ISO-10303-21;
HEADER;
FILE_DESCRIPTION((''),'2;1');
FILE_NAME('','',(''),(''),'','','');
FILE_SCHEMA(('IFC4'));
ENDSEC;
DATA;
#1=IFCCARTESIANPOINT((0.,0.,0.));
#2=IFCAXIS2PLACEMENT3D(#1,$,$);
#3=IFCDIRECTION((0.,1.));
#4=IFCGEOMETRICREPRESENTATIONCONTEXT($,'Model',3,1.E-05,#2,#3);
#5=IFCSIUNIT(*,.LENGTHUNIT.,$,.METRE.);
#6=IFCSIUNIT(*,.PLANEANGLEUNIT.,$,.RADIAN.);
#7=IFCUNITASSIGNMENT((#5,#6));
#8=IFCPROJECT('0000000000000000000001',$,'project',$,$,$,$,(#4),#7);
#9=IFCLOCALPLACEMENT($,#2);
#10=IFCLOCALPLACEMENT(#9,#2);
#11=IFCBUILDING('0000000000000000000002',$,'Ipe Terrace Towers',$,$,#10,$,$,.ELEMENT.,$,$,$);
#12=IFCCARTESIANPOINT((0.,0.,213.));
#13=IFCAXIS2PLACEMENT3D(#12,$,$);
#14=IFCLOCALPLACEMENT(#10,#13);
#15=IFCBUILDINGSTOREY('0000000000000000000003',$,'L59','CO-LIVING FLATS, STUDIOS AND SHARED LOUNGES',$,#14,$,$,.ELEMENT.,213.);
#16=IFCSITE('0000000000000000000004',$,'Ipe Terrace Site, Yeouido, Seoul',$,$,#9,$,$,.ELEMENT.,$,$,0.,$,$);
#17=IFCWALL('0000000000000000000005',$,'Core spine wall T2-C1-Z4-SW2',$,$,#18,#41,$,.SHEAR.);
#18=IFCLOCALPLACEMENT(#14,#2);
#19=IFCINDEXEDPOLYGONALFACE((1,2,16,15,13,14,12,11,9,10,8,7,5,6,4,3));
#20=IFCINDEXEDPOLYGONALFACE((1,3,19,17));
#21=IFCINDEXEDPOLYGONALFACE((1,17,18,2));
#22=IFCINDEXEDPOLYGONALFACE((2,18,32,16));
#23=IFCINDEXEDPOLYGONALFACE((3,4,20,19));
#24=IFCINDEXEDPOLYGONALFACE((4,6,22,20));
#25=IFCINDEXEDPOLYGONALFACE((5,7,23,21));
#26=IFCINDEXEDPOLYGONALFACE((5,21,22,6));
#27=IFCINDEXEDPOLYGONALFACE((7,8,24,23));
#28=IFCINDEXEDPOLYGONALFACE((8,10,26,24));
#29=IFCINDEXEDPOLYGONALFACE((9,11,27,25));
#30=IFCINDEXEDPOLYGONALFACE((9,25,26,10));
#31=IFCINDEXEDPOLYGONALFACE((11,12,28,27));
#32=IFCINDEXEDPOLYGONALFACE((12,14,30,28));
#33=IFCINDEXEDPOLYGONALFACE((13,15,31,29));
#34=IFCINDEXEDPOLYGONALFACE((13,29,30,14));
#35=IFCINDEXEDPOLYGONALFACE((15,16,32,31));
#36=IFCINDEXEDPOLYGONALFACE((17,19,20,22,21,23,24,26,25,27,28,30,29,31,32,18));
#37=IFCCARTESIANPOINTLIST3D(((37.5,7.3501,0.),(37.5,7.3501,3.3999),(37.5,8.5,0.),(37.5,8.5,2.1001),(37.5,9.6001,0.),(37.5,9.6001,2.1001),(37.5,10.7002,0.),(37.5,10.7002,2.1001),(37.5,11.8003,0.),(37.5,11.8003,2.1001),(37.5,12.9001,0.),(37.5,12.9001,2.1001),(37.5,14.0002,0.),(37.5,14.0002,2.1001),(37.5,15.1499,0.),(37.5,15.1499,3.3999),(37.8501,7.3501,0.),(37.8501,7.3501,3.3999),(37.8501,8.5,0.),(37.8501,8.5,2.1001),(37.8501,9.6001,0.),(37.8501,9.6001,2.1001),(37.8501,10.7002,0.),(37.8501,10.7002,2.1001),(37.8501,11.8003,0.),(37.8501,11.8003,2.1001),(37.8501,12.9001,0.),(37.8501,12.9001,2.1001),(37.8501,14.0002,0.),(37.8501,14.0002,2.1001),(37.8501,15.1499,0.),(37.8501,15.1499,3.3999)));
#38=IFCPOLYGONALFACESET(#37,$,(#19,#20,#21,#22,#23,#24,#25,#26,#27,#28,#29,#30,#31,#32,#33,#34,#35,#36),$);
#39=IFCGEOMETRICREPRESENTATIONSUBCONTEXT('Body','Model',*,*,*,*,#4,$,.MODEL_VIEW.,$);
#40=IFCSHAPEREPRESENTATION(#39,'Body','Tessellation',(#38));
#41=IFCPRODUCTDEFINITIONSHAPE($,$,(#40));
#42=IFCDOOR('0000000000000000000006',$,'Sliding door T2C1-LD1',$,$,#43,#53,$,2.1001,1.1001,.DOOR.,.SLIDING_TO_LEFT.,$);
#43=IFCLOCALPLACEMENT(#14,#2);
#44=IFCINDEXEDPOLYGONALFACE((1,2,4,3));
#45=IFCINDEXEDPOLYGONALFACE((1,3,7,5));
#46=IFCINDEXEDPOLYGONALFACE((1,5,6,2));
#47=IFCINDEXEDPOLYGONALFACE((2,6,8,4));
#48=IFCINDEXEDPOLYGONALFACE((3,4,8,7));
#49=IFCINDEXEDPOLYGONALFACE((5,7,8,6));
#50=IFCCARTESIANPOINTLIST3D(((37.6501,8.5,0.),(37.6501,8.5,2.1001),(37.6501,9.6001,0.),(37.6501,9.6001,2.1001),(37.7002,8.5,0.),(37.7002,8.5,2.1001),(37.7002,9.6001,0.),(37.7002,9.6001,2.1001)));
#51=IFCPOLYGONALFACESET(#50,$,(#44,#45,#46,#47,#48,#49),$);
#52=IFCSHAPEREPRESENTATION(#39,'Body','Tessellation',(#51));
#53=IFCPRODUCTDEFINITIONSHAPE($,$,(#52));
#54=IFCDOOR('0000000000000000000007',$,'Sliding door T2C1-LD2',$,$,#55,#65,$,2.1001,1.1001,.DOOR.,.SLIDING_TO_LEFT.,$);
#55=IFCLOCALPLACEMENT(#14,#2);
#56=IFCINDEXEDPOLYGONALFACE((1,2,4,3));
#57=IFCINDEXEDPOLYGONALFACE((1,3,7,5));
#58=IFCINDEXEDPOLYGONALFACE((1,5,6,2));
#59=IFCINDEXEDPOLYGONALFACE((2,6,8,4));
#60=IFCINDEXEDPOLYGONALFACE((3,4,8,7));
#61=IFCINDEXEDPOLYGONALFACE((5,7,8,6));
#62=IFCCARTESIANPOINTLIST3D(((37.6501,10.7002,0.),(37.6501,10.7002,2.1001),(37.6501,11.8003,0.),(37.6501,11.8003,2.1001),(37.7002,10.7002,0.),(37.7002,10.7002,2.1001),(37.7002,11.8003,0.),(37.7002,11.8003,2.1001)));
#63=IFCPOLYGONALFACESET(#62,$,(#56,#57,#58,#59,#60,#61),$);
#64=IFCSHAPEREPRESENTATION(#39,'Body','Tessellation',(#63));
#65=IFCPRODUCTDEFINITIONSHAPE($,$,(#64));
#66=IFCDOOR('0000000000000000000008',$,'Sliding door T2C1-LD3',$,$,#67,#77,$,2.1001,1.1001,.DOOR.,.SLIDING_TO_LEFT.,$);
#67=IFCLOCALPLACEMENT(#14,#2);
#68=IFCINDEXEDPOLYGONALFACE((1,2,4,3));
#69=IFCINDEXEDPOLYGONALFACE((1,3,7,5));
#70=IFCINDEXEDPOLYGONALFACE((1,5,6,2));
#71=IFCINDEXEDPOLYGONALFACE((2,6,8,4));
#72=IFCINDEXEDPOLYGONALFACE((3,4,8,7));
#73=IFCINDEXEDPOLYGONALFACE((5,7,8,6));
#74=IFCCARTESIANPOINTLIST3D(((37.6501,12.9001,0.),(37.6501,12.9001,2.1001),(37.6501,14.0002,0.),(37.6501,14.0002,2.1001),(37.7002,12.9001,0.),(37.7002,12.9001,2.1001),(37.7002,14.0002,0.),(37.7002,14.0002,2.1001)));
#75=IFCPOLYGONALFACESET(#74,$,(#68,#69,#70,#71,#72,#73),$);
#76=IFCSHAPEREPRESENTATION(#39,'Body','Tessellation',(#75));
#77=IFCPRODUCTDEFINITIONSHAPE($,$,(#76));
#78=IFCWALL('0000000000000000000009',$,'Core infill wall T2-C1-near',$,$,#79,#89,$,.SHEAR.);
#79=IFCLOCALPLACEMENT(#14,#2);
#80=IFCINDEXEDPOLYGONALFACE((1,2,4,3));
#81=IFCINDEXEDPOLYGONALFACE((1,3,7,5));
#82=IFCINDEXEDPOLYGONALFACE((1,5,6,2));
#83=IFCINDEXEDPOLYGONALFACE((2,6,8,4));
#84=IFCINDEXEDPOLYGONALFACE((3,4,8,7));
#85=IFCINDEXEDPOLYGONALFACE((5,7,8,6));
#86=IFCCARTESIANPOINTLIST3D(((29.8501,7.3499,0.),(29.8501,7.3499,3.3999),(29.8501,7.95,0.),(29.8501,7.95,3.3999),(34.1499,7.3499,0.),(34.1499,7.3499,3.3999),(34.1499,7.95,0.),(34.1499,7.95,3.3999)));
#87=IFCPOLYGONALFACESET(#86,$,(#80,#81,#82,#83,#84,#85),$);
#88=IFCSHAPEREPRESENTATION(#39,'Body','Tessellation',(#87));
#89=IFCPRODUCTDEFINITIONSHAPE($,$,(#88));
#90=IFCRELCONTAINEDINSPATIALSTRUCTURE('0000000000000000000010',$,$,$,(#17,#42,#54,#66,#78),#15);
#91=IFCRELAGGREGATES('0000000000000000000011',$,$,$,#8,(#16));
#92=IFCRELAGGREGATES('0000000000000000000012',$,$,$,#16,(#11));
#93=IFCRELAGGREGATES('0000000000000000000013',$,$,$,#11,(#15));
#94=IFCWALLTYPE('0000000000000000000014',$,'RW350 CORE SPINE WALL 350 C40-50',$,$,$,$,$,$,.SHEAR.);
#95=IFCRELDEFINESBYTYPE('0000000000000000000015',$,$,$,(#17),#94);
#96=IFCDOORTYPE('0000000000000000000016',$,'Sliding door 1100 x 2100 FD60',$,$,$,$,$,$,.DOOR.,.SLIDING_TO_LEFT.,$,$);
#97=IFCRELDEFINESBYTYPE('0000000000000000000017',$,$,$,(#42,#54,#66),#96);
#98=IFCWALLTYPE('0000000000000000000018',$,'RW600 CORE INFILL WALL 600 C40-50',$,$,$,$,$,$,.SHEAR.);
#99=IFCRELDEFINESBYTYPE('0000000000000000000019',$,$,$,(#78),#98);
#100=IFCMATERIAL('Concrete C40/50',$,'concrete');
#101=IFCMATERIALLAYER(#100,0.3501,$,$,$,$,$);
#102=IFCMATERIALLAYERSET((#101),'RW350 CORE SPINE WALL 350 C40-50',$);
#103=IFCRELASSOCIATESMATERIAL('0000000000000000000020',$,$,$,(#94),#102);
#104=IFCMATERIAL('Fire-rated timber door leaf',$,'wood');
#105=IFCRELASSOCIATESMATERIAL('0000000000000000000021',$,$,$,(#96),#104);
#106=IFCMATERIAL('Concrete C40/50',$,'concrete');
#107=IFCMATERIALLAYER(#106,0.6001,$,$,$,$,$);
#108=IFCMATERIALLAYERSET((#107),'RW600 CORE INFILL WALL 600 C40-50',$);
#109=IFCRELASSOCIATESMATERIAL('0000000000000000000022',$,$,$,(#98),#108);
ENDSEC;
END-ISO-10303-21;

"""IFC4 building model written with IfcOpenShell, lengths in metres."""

from ifc_helpers import new_model, si_unit, direction, frame, frame_2d, origin, place, context, subcontext, project, spatial, rectangle, extrude, material, layer, layer_set, type_object, element, fill, save


model = new_model("IFC4")

# Units and contexts
model_context = context("Model", 3, precision=1e-05, world=origin(), true_north=direction((0.0, 1.0)))
body_context = subcontext(model_context, "Body", "Model", "MODEL_VIEW")
ifc_project = project(units=[si_unit("LENGTHUNIT", "METRE"), si_unit("PLANEANGLEUNIT", "RADIAN")], contexts=[model_context])

# Site, building, storey
site_placement = place(None, origin())
site = spatial("IfcSite", under=ifc_project, at=site_placement, Name="Ipe Terrace Site, Yeouido, Seoul", CompositionType="ELEMENT", RefElevation=0.0)
building_placement = place(site_placement, origin())
building = spatial("IfcBuilding", under=site, at=building_placement, Name="Ipe Terrace Towers", CompositionType="ELEMENT")
storey_placement = place(building_placement, frame((0.0, 0.0, 213.0)))
storey = spatial("IfcBuildingStorey", under=building, at=storey_placement, Name="L59", Description="CO-LIVING FLATS, STUDIOS AND SHARED LOUNGES", CompositionType="ELEMENT", Elevation=213.0)

# Shared definitions
ifc_material_1 = material(Name="Concrete C40/50", Category="concrete")
ifc_layer_1 = layer(ifc_material_1, 0.3501)
ifc_layer_set_1 = layer_set([ifc_layer_1], Name="RW350 CORE SPINE WALL 350 C40-50")
wall_type_1 = type_object("IfcWallType", Name="RW350 CORE SPINE WALL 350 C40-50", PredefinedType="SHEAR", material=ifc_layer_set_1)

# Wall, openings, doors
wall_1_placement = place(storey_placement, frame((37.675, 7.3501, 0.0), z_axis=(0.0, 0.0, 1.0), x_axis=(0.0, 1.0, 0.0)))
wall_1 = element("IfcWall", 1, at=wall_1_placement, inside=storey, type_object=wall_type_1, Name="Core spine wall T2-C1-Z4-SW2", PredefinedType="SHEAR", context=body_context, shape_type="SweptSolid", body=[
    extrude(rectangle(XDim=7.7998, YDim=0.3501, at=frame_2d((3.8999, 0.0))), origin(), (0.0, 0.0, 1.0), 3.3999),
])
opening_1_placement = place(wall_1_placement, frame((1.1499, 0.0, 0.0)))
opening_1 = element("IfcOpeningElement", 2, at=opening_1_placement, cuts=wall_1, PredefinedType="OPENING", context=body_context, shape_type="SweptSolid", body=[
    extrude(rectangle(XDim=1.1001, YDim=2.1001, at=frame_2d((0.55, 1.05))), frame((0.0, 0.1851, 0.0), z_axis=(0.0, -1.0, 0.0), x_axis=(1.0, 0.0, 0.0)), (0.0, 0.0, 1.0), 0.3701),
])
opening_2_placement = place(wall_1_placement, frame((3.3501, 0.0, 0.0)))
opening_2 = element("IfcOpeningElement", 3, at=opening_2_placement, cuts=wall_1, PredefinedType="OPENING", context=body_context, shape_type="SweptSolid", body=[
    extrude(rectangle(XDim=1.1001, YDim=2.1001, at=frame_2d((0.55, 1.05))), frame((0.0, 0.1851, 0.0), z_axis=(0.0, -1.0, 0.0), x_axis=(1.0, 0.0, 0.0)), (0.0, 0.0, 1.0), 0.3701),
])
opening_3_placement = place(wall_1_placement, frame((5.55, 0.0, 0.0)))
opening_3 = element("IfcOpeningElement", 4, at=opening_3_placement, cuts=wall_1, PredefinedType="OPENING", context=body_context, shape_type="SweptSolid", body=[
    extrude(rectangle(XDim=1.1001, YDim=2.1001, at=frame_2d((0.55, 1.05))), frame((0.0, 0.1851, 0.0), z_axis=(0.0, -1.0, 0.0), x_axis=(1.0, 0.0, 0.0)), (0.0, 0.0, 1.0), 0.3701),
])
ifc_material_2 = material(Name="Fire-rated timber door leaf", Category="wood")
door_type_1 = type_object("IfcDoorType", Name="Sliding door 1100 x 2100 FD60", OperationType="SLIDING_TO_LEFT", PredefinedType="DOOR", material=ifc_material_2)
door_1_placement = place(opening_1_placement, origin())
door_1 = element("IfcDoor", 5, at=door_1_placement, inside=storey, type_object=door_type_1, Name="Sliding door T2C1-LD1", OperationType="SLIDING_TO_LEFT", OverallHeight=2.1001, OverallWidth=1.1001, PredefinedType="DOOR", context=body_context, shape_type="SweptSolid", body=[
    extrude(rectangle(XDim=1.1001, YDim=2.1001, at=frame_2d((0.55, 1.05))), frame((0.0, 0.0249, 0.0), z_axis=(0.0, -1.0, 0.0), x_axis=(1.0, 0.0, 0.0)), (0.0, 0.0, 1.0), 0.05),
])
fill(opening_1, door_1)
door_2_placement = place(opening_2_placement, origin())
door_2 = element("IfcDoor", 6, at=door_2_placement, inside=storey, type_object=door_type_1, Name="Sliding door T2C1-LD2", OperationType="SLIDING_TO_LEFT", OverallHeight=2.1001, OverallWidth=1.1001, PredefinedType="DOOR", context=body_context, shape_type="SweptSolid", body=[
    extrude(rectangle(XDim=1.1001, YDim=2.1001, at=frame_2d((0.55, 1.05))), frame((0.0, 0.0249, 0.0), z_axis=(0.0, -1.0, 0.0), x_axis=(1.0, 0.0, 0.0)), (0.0, 0.0, 1.0), 0.05),
])
fill(opening_2, door_2)
door_3_placement = place(opening_3_placement, origin())
door_3 = element("IfcDoor", 7, at=door_3_placement, inside=storey, type_object=door_type_1, Name="Sliding door T2C1-LD3", OperationType="SLIDING_TO_LEFT", OverallHeight=2.1001, OverallWidth=1.1001, PredefinedType="DOOR", context=body_context, shape_type="SweptSolid", body=[
    extrude(rectangle(XDim=1.1001, YDim=2.1001, at=frame_2d((0.55, 1.05))), frame((0.0, 0.0249, 0.0), z_axis=(0.0, -1.0, 0.0), x_axis=(1.0, 0.0, 0.0)), (0.0, 0.0, 1.0), 0.05),
])
fill(opening_3, door_3)

# Wall
ifc_material_3 = material(Name="Concrete C40/50", Category="concrete")
ifc_layer_2 = layer(ifc_material_3, 0.6001)
ifc_layer_set_2 = layer_set([ifc_layer_2], Name="RW600 CORE INFILL WALL 600 C40-50")
wall_type_2 = type_object("IfcWallType", Name="RW600 CORE INFILL WALL 600 C40-50", PredefinedType="SHEAR", material=ifc_layer_set_2)
wall_2_placement = place(storey_placement, frame((34.1499, 7.6499, 0.0), z_axis=(0.0, 0.0, 1.0), x_axis=(-1.0, 0.0, 0.0)))
element("IfcWall", 8, at=wall_2_placement, inside=storey, type_object=wall_type_2, Name="Core infill wall T2-C1-near", PredefinedType="SHEAR", context=body_context, shape_type="SweptSolid", body=[
    extrude(rectangle(XDim=4.2998, YDim=0.6001, at=frame_2d((2.1499, 0.0))), origin(), (0.0, 0.0, 1.0), 3.3999),
])

save(model, "model.ifc")
